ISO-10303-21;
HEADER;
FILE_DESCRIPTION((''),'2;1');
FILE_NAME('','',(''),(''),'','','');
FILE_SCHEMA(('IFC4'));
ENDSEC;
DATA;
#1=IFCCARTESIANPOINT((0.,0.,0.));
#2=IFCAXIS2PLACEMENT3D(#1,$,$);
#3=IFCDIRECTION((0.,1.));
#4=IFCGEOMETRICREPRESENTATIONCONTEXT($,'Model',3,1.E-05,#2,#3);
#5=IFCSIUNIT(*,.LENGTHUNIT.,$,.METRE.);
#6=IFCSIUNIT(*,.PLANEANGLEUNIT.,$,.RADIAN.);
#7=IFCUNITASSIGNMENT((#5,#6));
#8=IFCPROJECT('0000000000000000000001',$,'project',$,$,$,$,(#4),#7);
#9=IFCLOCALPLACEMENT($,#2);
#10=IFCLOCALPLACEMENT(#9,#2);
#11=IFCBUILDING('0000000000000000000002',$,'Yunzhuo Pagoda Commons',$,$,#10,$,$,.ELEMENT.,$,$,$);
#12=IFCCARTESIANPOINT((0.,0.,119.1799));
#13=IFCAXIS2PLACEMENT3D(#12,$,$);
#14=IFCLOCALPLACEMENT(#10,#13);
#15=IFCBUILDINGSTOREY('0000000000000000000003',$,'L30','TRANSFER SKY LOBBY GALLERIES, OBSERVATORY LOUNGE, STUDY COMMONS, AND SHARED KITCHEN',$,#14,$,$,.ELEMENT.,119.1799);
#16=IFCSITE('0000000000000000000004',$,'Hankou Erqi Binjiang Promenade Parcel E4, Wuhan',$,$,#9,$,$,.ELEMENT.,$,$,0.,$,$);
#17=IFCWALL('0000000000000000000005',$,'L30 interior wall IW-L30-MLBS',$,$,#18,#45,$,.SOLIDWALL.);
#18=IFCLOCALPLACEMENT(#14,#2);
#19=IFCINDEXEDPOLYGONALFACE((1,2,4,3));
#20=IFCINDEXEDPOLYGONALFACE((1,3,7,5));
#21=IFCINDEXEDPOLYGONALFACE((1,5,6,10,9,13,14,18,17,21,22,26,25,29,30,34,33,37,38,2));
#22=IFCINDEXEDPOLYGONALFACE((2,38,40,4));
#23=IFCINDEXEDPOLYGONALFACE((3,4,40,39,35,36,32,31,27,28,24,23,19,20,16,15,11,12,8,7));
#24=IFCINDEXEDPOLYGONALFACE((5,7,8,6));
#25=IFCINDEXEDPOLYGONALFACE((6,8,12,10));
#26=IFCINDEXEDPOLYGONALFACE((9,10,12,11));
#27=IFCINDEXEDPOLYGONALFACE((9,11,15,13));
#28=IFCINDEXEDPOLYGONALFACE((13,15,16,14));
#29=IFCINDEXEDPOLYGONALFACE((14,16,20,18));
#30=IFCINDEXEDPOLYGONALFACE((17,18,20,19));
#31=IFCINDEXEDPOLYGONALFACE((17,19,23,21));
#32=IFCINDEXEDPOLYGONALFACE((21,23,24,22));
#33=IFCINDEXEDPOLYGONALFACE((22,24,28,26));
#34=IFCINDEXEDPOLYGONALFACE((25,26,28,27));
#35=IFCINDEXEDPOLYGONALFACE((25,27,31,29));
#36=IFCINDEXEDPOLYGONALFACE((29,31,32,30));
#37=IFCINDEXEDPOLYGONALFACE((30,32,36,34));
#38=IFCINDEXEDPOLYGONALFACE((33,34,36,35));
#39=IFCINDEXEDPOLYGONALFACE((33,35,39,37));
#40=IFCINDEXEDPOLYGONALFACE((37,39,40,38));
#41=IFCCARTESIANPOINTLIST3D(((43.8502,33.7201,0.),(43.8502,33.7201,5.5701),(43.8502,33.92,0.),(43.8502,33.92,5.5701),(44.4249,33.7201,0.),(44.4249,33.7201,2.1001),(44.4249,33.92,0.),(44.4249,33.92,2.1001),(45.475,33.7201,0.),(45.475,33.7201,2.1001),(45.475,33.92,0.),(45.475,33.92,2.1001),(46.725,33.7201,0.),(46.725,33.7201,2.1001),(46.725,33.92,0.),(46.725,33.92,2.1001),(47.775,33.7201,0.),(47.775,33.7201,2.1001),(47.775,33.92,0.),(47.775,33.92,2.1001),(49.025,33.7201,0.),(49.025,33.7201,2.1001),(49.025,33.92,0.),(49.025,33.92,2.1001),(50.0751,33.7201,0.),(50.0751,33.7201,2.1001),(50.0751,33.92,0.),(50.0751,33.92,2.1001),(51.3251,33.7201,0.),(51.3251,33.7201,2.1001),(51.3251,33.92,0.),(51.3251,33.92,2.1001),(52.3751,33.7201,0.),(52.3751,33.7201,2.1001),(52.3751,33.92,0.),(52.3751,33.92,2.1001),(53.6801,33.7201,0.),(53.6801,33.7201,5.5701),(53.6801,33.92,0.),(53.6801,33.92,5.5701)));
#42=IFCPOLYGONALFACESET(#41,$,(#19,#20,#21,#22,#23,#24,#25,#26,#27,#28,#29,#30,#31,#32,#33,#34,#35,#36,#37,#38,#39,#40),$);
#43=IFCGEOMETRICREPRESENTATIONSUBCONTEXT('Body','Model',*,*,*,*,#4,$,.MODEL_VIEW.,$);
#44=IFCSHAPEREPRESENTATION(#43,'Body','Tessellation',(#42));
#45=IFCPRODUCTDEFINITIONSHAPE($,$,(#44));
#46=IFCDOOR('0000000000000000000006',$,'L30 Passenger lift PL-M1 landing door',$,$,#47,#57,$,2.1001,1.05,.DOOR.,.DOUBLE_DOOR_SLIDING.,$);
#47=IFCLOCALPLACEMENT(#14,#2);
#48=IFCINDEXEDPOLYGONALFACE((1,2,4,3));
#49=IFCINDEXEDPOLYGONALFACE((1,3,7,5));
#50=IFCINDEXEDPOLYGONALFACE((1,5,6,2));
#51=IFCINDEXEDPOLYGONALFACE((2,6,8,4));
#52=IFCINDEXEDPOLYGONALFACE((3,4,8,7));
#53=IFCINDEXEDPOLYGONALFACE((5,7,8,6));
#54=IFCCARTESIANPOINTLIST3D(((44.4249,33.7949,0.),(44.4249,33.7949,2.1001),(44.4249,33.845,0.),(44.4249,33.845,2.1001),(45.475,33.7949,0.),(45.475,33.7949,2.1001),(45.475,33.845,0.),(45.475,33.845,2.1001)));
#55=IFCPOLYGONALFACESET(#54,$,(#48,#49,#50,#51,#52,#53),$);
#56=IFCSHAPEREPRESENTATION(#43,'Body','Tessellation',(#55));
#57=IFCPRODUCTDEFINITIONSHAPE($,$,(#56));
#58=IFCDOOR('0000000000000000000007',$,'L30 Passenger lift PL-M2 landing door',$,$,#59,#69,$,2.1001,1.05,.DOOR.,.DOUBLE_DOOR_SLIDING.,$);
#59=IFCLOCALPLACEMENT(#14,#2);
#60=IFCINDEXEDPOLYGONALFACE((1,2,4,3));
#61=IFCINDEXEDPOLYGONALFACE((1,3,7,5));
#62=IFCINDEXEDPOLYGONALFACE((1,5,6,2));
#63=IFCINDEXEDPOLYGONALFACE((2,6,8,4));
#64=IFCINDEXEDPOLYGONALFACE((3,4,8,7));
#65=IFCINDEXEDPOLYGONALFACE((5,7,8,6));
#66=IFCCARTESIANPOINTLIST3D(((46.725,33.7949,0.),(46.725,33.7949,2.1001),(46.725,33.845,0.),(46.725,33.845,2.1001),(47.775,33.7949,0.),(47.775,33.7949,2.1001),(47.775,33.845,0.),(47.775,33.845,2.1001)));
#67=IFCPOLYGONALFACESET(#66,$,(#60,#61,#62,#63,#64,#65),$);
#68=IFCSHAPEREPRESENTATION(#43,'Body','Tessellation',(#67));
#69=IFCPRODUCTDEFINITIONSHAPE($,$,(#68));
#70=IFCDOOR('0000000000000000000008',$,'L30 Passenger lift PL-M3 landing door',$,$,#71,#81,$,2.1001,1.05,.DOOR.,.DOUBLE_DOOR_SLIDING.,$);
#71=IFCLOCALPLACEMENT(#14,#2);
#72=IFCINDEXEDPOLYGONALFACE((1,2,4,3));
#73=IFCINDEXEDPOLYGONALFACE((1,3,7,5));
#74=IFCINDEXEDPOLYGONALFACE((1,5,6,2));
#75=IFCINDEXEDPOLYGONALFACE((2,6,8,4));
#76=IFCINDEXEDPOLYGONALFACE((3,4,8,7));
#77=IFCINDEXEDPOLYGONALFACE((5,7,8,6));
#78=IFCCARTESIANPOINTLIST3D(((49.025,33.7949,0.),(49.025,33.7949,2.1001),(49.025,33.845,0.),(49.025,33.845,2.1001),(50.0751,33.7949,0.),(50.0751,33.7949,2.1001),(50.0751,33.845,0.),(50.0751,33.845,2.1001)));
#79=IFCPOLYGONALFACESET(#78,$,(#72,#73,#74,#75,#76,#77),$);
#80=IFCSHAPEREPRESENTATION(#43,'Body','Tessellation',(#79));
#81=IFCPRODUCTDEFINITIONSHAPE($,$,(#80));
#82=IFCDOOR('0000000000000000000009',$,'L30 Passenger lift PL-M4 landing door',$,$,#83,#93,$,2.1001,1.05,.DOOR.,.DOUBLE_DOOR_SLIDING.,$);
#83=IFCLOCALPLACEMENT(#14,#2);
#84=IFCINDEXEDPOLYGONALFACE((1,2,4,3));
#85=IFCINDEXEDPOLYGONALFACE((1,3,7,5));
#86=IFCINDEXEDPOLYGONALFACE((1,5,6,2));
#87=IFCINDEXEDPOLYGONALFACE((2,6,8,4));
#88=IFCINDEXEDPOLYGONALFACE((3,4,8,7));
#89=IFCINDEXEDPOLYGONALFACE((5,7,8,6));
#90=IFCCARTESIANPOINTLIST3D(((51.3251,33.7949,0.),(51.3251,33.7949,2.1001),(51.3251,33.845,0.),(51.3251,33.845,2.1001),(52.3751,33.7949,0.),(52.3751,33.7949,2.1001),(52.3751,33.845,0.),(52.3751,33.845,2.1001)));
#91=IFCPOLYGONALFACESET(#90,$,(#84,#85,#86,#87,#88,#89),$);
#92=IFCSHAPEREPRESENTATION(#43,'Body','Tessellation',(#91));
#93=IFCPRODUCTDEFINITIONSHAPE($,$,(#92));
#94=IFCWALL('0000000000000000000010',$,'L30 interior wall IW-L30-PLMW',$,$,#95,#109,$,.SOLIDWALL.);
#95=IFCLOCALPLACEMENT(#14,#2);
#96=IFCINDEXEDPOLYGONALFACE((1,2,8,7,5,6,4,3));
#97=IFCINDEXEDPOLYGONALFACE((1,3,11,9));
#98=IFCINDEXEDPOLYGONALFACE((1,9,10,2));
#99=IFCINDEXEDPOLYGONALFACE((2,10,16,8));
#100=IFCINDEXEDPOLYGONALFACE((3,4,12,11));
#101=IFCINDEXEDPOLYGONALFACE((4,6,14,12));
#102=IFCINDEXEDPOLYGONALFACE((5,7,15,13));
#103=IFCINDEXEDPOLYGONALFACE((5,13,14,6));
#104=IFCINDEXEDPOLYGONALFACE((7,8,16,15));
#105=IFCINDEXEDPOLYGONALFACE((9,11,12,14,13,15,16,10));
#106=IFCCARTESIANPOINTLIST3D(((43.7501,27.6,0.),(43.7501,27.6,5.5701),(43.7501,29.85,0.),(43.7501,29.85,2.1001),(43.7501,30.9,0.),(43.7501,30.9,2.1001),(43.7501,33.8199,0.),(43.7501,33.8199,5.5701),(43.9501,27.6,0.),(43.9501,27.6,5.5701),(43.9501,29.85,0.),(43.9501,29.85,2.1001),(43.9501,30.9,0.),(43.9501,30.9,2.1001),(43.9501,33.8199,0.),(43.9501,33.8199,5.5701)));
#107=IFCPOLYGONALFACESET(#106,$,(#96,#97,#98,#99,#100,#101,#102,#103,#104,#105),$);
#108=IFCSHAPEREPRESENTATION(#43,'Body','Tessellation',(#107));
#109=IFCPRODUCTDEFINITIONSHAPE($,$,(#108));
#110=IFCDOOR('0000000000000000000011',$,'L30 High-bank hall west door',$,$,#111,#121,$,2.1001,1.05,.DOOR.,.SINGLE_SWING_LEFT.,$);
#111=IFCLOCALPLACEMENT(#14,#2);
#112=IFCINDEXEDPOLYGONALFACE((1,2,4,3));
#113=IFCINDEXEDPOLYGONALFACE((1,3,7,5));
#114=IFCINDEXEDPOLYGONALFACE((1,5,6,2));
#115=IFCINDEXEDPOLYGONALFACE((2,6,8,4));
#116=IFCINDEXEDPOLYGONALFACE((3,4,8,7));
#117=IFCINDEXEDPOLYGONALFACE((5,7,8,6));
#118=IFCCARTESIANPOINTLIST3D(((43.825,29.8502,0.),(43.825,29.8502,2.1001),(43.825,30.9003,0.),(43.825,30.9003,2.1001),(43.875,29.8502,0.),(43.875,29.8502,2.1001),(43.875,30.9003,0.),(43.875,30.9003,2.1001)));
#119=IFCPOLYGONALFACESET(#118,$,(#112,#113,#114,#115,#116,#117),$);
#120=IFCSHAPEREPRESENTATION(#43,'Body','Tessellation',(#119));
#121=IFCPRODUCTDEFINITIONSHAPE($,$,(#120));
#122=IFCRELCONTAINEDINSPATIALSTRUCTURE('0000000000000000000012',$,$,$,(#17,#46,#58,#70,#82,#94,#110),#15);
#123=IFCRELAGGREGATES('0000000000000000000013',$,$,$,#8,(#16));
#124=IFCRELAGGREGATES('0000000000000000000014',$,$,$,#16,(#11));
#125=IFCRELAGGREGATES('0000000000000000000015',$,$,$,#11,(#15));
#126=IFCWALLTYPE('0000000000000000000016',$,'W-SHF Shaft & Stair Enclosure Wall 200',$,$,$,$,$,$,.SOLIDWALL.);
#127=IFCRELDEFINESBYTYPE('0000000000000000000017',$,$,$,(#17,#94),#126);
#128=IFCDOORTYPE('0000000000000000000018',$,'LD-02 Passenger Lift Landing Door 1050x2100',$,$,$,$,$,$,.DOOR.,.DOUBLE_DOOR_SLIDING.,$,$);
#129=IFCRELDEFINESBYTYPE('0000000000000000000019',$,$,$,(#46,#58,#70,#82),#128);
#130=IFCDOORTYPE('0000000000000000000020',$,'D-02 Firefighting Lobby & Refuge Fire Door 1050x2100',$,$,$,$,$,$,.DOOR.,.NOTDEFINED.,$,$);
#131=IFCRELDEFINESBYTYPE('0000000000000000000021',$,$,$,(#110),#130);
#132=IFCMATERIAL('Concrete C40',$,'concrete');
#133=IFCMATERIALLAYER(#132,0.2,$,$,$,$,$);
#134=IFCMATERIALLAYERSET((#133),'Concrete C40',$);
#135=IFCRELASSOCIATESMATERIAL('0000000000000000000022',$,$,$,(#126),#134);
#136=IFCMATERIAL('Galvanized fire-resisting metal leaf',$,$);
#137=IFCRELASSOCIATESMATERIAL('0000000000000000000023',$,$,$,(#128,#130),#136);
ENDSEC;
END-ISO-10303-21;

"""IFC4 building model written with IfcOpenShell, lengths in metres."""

from ifc_helpers import new_model, si_unit, direction, frame, frame_2d, origin, origin_with_axes, place, context, subcontext, project, spatial, rectangle, extrude, source, transform, mapped, material, layer, layer_set, type_object, element, fill, save


model = new_model("IFC4")

# Units and contexts
model_context = context("Model", 3, precision=1e-05, world=origin(), true_north=direction((0.0, 1.0)))
body_context = subcontext(model_context, "Body", "Model", "MODEL_VIEW")
ifc_project = project(units=[si_unit("LENGTHUNIT", "METRE"), si_unit("PLANEANGLEUNIT", "RADIAN")], contexts=[model_context])

# Site, building, storey
site_placement = place(None, origin())
site = spatial("IfcSite", under=ifc_project, at=site_placement, Name="Hankou Erqi Binjiang Promenade Parcel E4, Wuhan", CompositionType="ELEMENT", RefElevation=0.0)
building_placement = place(site_placement, origin())
building = spatial("IfcBuilding", under=site, at=building_placement, Name="Yunzhuo Pagoda Commons", CompositionType="ELEMENT")
storey_placement = place(building_placement, frame((0.0, 0.0, 119.1799)))
storey = spatial("IfcBuildingStorey", under=building, at=storey_placement, Name="L30", Description="TRANSFER SKY LOBBY GALLERIES, OBSERVATORY LOUNGE, STUDY COMMONS, AND SHARED KITCHEN", CompositionType="ELEMENT", Elevation=119.1799)

# Shared definitions
ifc_material_1 = material(Name="Galvanized fire-resisting metal leaf")

# Shared definitions
ifc_material_2 = material(Name="Concrete C40", Category="concrete")
ifc_layer_1 = layer(ifc_material_2, 0.2)
ifc_layer_set_1 = layer_set([ifc_layer_1], Name="Concrete C40")
wall_type_1 = type_object("IfcWallType", Name="W-SHF Shaft & Stair Enclosure Wall 200", PredefinedType="SOLIDWALL", material=ifc_layer_set_1)
door_type_1 = type_object("IfcDoorType", Name="LD-02 Passenger Lift Landing Door 1050x2100", OperationType="DOUBLE_DOOR_SLIDING", PredefinedType="DOOR", material=ifc_material_1)
shared_shape_1 = source(origin(), body_context, "Body", "SweptSolid", [
    extrude(rectangle(XDim=1.05, YDim=2.1001, at=frame_2d((0.5249, 1.05))), frame((0.0, 0.0249, 0.0), z_axis=(0.0, -1.0, 0.0), x_axis=(1.0, 0.0, 0.0)), (0.0, 0.0, 1.0), 0.05),
])

# Wall, openings, doors
wall_1_placement = place(storey_placement, frame((43.8501, 33.8201, 0.0), z_axis=(0.0, 0.0, 1.0), x_axis=(1.0, 0.0, 0.0)))
wall_1 = element("IfcWall", 1, at=wall_1_placement, inside=storey, type_object=wall_type_1, Name="L30 interior wall IW-L30-MLBS", PredefinedType="SOLIDWALL", context=body_context, shape_type="SweptSolid", body=[
    extrude(rectangle(XDim=9.8298, YDim=0.2, at=frame_2d((4.915, 0.0))), origin(), (0.0, 0.0, 1.0), 5.5701),
])
opening_1_placement = place(wall_1_placement, frame((0.575, 0.0, 0.0)))
opening_1 = element("IfcOpeningElement", 2, at=opening_1_placement, cuts=wall_1, PredefinedType="OPENING", context=body_context, shape_type="SweptSolid", body=[
    extrude(rectangle(XDim=1.05, YDim=2.1001, at=frame_2d((0.5249, 1.05))), frame((0.0, 0.1099, 0.0), z_axis=(0.0, -1.0, 0.0), x_axis=(1.0, 0.0, 0.0)), (0.0, 0.0, 1.0), 0.22),
])
opening_2_placement = place(wall_1_placement, frame((2.875, 0.0, 0.0)))
opening_2 = element("IfcOpeningElement", 3, at=opening_2_placement, cuts=wall_1, PredefinedType="OPENING", context=body_context, shape_type="SweptSolid", body=[
    extrude(rectangle(XDim=1.05, YDim=2.1001, at=frame_2d((0.5249, 1.05))), frame((0.0, 0.1099, 0.0), z_axis=(0.0, -1.0, 0.0), x_axis=(1.0, 0.0, 0.0)), (0.0, 0.0, 1.0), 0.22),
])
opening_3_placement = place(wall_1_placement, frame((5.175, 0.0, 0.0)))
opening_3 = element("IfcOpeningElement", 4, at=opening_3_placement, cuts=wall_1, PredefinedType="OPENING", context=body_context, shape_type="SweptSolid", body=[
    extrude(rectangle(XDim=1.05, YDim=2.1001, at=frame_2d((0.5249, 1.05))), frame((0.0, 0.1099, 0.0), z_axis=(0.0, -1.0, 0.0), x_axis=(1.0, 0.0, 0.0)), (0.0, 0.0, 1.0), 0.22),
])
opening_4_placement = place(wall_1_placement, frame((7.4751, 0.0, 0.0)))
opening_4 = element("IfcOpeningElement", 5, at=opening_4_placement, cuts=wall_1, PredefinedType="OPENING", context=body_context, shape_type="SweptSolid", body=[
    extrude(rectangle(XDim=1.05, YDim=2.1001, at=frame_2d((0.5249, 1.05))), frame((0.0, 0.1099, 0.0), z_axis=(0.0, -1.0, 0.0), x_axis=(1.0, 0.0, 0.0)), (0.0, 0.0, 1.0), 0.22),
])
door_1_placement = place(opening_1_placement, origin_with_axes())
door_1 = element("IfcDoor", 6, at=door_1_placement, inside=storey, type_object=door_type_1, Name="L30 Passenger lift PL-M1 landing door", OperationType="DOUBLE_DOOR_SLIDING", OverallHeight=2.1001, OverallWidth=1.05, PredefinedType="DOOR", context=body_context, shape_type="MappedRepresentation", body=[
    mapped(shared_shape_1, transform((0.0, 0.0, 0.0), scale=1.0)),
])
fill(opening_1, door_1)
door_2_placement = place(opening_2_placement, origin_with_axes())
door_2 = element("IfcDoor", 7, at=door_2_placement, inside=storey, type_object=door_type_1, Name="L30 Passenger lift PL-M2 landing door", OperationType="DOUBLE_DOOR_SLIDING", OverallHeight=2.1001, OverallWidth=1.05, PredefinedType="DOOR", context=body_context, shape_type="MappedRepresentation", body=[
    mapped(shared_shape_1, transform((0.0, 0.0, 0.0), scale=1.0)),
])
fill(opening_2, door_2)
door_3_placement = place(opening_3_placement, origin_with_axes())
door_3 = element("IfcDoor", 8, at=door_3_placement, inside=storey, type_object=door_type_1, Name="L30 Passenger lift PL-M3 landing door", OperationType="DOUBLE_DOOR_SLIDING", OverallHeight=2.1001, OverallWidth=1.05, PredefinedType="DOOR", context=body_context, shape_type="MappedRepresentation", body=[
    mapped(shared_shape_1, transform((0.0, 0.0, 0.0), scale=1.0)),
])
fill(opening_3, door_3)
door_4_placement = place(opening_4_placement, origin_with_axes())
door_4 = element("IfcDoor", 9, at=door_4_placement, inside=storey, type_object=door_type_1, Name="L30 Passenger lift PL-M4 landing door", OperationType="DOUBLE_DOOR_SLIDING", OverallHeight=2.1001, OverallWidth=1.05, PredefinedType="DOOR", context=body_context, shape_type="MappedRepresentation", body=[
    mapped(shared_shape_1, transform((0.0, 0.0, 0.0), scale=1.0)),
])
fill(opening_4, door_4)

# Wall, opening, door
wall_2_placement = place(storey_placement, frame((43.8501, 27.6001, 0.0), z_axis=(0.0, 0.0, 1.0), x_axis=(0.0, 1.0, 0.0)))
wall_2 = element("IfcWall", 10, at=wall_2_placement, inside=storey, type_object=wall_type_1, Name="L30 interior wall IW-L30-PLMW", PredefinedType="SOLIDWALL", context=body_context, shape_type="SweptSolid", body=[
    extrude(rectangle(XDim=6.22, YDim=0.2, at=frame_2d((3.1099, 0.0))), origin(), (0.0, 0.0, 1.0), 5.5701),
])
opening_5_placement = place(wall_2_placement, frame((2.25, 0.0, 0.0)))
opening_5 = element("IfcOpeningElement", 11, at=opening_5_placement, cuts=wall_2, PredefinedType="OPENING", context=body_context, shape_type="SweptSolid", body=[
    extrude(rectangle(XDim=1.05, YDim=2.1001, at=frame_2d((0.5249, 1.05))), frame((0.0, 0.1099, 0.0), z_axis=(0.0, -1.0, 0.0), x_axis=(1.0, 0.0, 0.0)), (0.0, 0.0, 1.0), 0.22),
])
door_type_2 = type_object("IfcDoorType", Name="D-02 Firefighting Lobby & Refuge Fire Door 1050x2100", OperationType="NOTDEFINED", PredefinedType="DOOR", material=ifc_material_1)
door_5_placement = place(opening_5_placement, frame((1.05, 0.0, 0.0), z_axis=(0.0, 0.0, 1.0), x_axis=(-1.0, 0.0, 0.0)))
door_5 = element("IfcDoor", 12, at=door_5_placement, inside=storey, type_object=door_type_2, Name="L30 High-bank hall west door", OperationType="SINGLE_SWING_LEFT", OverallHeight=2.1001, OverallWidth=1.05, PredefinedType="DOOR", context=body_context, shape_type="MappedRepresentation", body=[
    mapped(shared_shape_1, transform((0.0, 0.0, 0.0), scale=1.0)),
])
fill(opening_5, door_5)

save(model, "model.ifc")
